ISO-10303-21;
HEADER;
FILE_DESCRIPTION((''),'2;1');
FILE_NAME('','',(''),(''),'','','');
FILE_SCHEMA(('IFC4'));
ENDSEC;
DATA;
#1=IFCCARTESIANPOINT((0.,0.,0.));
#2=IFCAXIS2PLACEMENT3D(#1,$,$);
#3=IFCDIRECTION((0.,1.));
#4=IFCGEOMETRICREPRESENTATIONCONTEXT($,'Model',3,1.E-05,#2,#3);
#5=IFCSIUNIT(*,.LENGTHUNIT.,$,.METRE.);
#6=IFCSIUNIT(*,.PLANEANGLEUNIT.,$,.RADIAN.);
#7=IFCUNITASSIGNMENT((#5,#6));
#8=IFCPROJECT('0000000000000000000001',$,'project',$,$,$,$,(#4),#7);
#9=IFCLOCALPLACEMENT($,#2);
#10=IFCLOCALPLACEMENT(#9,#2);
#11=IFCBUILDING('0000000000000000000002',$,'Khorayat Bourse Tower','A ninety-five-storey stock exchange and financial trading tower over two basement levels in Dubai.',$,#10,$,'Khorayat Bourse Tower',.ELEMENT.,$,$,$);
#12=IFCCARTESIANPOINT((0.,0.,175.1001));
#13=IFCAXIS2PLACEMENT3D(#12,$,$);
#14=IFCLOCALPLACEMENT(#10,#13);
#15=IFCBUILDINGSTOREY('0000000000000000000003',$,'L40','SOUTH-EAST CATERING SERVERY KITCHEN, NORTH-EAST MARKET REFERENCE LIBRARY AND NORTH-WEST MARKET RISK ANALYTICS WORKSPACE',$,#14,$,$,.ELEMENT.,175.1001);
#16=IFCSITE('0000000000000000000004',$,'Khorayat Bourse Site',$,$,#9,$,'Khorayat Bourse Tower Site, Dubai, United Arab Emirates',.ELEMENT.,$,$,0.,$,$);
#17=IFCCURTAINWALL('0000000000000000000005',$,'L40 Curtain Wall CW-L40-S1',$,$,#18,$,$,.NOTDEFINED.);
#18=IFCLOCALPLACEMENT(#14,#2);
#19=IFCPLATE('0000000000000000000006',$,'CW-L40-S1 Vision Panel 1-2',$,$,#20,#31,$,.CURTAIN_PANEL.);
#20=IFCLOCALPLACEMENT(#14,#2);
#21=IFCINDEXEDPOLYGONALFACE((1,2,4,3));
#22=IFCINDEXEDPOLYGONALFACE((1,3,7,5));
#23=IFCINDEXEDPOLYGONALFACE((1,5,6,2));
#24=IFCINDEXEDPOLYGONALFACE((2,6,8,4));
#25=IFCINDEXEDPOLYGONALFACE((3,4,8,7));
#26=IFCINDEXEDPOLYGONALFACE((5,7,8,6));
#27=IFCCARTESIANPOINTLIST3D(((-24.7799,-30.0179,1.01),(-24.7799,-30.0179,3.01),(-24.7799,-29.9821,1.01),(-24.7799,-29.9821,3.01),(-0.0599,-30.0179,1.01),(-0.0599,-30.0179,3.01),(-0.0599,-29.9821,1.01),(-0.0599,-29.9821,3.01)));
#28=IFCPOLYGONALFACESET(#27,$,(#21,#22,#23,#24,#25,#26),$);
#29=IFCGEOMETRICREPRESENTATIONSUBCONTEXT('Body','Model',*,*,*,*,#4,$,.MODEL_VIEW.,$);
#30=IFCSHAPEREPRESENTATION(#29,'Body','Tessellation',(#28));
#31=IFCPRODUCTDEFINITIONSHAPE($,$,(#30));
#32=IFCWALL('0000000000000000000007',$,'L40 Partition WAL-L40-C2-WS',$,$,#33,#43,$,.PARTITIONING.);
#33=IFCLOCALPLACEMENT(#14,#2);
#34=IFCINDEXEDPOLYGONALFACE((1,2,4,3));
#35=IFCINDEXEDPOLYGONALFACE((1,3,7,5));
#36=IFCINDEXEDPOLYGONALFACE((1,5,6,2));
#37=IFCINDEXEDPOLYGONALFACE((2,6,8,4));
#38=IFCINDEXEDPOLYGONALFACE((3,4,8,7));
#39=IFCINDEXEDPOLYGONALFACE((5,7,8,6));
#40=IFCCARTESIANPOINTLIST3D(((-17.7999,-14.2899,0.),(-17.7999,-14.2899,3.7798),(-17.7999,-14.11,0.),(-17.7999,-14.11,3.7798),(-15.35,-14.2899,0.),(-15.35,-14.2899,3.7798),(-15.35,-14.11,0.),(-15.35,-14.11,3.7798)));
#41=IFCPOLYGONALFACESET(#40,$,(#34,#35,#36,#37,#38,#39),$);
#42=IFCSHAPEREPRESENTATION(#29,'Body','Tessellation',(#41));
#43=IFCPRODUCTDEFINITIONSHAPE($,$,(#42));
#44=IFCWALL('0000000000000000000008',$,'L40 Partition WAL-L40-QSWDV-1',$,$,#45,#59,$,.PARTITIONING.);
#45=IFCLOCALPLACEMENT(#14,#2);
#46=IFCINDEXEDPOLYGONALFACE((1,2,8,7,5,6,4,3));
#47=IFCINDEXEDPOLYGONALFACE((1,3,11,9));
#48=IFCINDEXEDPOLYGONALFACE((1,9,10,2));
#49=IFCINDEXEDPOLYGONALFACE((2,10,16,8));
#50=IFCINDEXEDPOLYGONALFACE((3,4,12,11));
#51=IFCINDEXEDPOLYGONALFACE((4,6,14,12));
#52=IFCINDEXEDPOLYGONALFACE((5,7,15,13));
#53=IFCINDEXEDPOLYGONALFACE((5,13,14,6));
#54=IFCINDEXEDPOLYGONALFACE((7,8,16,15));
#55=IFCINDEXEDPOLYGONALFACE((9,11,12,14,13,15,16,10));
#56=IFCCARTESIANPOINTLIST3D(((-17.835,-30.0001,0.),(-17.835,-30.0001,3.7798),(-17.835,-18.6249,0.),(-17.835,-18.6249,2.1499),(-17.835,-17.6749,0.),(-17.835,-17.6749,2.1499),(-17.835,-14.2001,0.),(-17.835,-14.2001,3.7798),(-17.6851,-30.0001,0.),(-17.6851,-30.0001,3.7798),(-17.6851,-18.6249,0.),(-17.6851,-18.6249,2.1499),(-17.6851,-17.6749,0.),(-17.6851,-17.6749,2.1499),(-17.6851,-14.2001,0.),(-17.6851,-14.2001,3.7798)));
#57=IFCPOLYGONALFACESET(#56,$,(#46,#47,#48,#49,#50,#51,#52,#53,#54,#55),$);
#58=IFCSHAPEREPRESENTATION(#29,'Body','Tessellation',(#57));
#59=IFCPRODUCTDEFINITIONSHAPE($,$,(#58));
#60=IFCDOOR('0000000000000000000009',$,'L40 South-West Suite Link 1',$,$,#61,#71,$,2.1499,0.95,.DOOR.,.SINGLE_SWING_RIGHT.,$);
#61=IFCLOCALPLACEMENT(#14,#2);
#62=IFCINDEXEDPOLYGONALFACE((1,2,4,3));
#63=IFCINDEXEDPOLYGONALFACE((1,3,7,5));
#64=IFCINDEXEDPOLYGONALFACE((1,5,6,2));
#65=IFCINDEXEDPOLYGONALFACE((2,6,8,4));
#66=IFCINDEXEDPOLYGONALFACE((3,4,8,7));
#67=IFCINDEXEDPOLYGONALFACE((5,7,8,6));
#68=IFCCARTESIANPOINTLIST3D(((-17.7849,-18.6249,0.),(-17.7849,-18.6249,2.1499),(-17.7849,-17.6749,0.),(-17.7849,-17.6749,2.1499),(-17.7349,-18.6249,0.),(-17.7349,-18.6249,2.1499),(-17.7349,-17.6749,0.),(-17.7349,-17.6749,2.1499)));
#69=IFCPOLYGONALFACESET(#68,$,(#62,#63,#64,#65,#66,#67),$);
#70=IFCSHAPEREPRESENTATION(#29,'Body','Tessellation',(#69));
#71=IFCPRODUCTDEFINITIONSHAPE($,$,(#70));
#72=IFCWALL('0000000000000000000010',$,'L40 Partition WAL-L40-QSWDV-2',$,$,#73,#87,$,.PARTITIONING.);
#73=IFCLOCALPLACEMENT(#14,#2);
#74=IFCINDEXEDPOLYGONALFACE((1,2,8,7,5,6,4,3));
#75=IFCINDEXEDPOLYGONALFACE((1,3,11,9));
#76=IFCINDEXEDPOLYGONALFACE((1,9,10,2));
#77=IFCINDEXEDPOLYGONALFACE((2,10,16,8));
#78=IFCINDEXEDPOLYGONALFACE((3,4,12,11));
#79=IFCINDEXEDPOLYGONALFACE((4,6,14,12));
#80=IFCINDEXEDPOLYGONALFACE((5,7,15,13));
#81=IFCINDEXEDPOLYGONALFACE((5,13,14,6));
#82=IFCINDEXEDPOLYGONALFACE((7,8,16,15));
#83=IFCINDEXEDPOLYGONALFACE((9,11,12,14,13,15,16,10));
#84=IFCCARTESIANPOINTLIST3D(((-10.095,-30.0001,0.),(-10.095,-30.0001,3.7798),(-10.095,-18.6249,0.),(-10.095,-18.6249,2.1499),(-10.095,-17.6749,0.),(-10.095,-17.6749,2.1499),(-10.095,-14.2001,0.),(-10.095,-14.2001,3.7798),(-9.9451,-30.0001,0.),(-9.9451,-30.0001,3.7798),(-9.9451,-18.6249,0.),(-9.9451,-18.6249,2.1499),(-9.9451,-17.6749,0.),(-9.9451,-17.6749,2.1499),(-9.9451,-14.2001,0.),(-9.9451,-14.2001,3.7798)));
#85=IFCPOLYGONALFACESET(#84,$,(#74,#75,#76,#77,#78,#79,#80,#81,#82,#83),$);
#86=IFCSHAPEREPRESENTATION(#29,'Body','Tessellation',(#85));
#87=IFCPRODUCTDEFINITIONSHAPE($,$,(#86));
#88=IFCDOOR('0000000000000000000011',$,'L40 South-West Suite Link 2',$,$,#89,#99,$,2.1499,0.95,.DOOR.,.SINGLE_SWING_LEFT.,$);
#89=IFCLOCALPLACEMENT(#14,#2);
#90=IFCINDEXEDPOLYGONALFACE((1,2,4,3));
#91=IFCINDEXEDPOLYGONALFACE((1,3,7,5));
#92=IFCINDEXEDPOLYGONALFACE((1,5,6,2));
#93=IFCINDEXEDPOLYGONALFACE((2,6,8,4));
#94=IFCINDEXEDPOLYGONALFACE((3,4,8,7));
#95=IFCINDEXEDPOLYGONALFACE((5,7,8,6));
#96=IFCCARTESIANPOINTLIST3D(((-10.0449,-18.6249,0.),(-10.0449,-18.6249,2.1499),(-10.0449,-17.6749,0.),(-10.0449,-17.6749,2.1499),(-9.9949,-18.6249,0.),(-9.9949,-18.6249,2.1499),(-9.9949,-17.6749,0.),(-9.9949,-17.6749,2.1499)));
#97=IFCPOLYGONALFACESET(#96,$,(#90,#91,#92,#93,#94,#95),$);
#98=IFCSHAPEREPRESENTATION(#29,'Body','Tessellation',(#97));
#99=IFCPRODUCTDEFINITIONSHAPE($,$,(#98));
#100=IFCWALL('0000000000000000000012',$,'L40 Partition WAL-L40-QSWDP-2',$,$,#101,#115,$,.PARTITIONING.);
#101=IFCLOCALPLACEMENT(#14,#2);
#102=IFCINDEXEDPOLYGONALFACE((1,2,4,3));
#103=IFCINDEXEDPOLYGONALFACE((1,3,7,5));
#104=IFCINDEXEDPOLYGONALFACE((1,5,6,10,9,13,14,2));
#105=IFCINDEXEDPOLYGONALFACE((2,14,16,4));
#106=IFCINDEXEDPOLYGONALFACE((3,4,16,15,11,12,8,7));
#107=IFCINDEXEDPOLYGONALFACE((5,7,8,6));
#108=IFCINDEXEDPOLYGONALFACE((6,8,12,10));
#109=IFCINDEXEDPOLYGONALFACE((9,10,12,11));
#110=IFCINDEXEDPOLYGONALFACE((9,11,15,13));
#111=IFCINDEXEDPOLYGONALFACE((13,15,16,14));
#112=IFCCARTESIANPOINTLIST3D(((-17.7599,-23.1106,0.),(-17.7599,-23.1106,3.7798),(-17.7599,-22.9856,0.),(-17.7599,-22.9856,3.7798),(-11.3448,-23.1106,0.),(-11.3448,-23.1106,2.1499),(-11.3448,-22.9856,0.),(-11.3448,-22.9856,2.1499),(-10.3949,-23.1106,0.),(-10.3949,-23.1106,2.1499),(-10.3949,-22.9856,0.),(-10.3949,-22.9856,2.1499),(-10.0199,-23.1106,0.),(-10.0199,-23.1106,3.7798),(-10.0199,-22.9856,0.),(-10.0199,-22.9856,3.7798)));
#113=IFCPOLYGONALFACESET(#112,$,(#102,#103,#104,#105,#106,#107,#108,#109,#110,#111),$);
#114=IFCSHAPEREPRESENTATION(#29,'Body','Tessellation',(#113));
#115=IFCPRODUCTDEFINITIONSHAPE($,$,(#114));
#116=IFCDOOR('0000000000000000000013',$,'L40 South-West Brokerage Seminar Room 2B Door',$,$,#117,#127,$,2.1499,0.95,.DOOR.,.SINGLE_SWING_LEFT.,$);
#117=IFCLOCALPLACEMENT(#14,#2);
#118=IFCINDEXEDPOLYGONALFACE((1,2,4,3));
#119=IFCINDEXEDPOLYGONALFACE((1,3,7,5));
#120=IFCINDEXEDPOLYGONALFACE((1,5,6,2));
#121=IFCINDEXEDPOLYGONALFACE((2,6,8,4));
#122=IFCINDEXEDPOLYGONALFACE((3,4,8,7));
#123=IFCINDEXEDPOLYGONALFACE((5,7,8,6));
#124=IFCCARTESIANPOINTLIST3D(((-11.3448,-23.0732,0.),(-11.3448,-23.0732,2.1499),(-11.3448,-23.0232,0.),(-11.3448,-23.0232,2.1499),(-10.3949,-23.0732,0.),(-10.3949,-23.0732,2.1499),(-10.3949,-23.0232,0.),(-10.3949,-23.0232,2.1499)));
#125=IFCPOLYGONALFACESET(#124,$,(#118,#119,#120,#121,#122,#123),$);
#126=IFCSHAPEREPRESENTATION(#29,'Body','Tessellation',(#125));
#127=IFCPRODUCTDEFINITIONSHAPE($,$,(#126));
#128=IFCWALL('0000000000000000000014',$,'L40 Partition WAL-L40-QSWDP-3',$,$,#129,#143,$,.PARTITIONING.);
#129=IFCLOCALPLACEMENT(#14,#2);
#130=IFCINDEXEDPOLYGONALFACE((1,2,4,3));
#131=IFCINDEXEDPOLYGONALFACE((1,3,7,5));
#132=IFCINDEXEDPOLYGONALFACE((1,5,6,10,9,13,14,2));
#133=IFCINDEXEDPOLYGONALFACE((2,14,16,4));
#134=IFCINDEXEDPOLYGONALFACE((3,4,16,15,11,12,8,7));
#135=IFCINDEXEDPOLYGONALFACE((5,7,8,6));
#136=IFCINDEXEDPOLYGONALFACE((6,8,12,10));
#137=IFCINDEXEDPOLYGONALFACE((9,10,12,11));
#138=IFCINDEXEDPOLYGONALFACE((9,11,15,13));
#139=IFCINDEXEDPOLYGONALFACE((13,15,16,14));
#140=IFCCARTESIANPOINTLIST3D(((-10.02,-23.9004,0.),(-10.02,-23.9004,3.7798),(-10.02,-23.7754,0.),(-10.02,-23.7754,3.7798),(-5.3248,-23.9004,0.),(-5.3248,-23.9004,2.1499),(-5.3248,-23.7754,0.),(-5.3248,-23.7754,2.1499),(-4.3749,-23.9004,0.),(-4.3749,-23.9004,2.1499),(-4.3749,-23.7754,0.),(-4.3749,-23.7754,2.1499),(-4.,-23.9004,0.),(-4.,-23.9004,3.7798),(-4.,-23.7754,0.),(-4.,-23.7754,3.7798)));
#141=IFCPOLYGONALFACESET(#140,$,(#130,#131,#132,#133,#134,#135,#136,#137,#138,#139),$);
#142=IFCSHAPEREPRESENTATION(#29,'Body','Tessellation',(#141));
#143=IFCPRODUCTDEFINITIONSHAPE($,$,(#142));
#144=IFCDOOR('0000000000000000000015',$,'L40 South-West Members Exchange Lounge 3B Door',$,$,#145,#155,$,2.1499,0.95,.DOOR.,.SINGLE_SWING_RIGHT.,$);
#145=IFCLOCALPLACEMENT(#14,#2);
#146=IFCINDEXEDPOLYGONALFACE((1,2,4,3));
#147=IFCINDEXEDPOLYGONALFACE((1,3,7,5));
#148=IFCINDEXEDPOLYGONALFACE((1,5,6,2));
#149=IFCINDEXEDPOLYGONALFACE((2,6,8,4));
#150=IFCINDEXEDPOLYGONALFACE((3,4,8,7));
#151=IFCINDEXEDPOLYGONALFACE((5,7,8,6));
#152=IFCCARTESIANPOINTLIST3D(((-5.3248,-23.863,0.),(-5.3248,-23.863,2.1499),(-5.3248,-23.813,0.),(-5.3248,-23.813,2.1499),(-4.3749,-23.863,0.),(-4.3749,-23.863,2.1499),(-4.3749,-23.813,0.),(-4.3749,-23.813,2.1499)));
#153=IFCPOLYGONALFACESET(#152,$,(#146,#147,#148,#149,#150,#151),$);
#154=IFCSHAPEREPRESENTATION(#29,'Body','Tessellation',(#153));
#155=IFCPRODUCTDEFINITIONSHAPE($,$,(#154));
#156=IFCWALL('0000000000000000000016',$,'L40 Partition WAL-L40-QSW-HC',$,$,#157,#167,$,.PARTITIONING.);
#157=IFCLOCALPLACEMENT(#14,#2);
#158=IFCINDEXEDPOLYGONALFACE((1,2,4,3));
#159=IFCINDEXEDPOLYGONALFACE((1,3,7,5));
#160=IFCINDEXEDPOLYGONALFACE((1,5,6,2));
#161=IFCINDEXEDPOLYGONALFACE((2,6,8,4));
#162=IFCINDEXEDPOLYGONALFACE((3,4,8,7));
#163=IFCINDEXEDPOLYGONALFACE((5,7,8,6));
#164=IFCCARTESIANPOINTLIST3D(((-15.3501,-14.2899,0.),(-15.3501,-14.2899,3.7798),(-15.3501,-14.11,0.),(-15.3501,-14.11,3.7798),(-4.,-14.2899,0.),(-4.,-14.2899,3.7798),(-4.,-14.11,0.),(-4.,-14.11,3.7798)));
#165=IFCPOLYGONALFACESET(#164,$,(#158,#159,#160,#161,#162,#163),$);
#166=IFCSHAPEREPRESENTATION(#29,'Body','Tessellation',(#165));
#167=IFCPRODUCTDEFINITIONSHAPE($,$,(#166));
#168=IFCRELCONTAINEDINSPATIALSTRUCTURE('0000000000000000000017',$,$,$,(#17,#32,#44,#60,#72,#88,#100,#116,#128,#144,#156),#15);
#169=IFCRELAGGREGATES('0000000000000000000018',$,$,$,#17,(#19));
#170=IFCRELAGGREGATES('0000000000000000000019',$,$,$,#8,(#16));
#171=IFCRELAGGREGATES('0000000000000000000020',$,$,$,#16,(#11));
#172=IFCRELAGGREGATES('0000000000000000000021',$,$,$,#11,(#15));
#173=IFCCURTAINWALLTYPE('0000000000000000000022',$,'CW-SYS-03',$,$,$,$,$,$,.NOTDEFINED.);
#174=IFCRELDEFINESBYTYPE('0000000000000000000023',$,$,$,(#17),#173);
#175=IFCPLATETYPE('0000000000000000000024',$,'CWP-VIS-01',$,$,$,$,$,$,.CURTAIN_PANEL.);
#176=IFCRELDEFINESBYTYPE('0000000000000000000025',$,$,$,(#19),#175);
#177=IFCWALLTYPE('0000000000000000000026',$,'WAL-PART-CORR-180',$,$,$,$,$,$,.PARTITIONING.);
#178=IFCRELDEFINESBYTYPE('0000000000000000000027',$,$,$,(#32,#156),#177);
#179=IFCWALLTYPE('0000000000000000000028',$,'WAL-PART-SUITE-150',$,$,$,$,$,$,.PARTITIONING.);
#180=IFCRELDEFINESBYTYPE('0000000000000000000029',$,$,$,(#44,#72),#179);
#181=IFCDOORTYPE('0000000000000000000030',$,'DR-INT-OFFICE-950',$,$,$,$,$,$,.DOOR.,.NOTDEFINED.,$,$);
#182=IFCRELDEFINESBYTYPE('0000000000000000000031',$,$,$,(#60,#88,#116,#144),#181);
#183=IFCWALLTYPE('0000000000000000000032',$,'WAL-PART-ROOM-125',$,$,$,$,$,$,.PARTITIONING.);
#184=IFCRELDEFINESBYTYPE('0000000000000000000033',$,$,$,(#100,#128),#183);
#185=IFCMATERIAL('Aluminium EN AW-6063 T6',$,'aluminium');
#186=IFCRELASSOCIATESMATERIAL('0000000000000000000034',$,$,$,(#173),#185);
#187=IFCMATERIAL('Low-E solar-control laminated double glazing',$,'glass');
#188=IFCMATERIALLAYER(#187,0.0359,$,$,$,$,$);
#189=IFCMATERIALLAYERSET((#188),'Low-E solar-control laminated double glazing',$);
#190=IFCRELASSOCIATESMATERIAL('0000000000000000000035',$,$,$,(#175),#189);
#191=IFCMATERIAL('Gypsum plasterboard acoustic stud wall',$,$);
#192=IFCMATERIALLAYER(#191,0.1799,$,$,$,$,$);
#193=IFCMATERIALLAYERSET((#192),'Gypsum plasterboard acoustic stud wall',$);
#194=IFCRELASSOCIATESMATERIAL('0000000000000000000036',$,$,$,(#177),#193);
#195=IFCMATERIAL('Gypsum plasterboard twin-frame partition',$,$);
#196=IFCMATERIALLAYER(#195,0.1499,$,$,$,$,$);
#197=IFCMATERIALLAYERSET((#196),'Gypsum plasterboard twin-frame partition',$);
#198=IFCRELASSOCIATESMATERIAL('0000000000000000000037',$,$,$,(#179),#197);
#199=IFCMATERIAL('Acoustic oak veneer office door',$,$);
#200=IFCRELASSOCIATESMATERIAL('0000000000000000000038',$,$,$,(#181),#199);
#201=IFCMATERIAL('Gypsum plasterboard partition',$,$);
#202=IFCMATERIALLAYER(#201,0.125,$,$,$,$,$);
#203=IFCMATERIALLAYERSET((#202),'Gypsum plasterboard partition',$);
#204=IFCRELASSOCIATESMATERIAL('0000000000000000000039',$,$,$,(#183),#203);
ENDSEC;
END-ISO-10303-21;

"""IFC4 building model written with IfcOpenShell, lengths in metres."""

from ifc_helpers import new_model, si_unit, direction, frame, frame_2d, origin, origin_2d, place, context, subcontext, project, spatial, rectangle, extrude, source, transform, mapped, material, layer, layer_set, type_object, element, fill, aggregate, save


model = new_model("IFC4")

# Units and contexts
model_context = context("Model", 3, precision=1e-05, world=origin(), true_north=direction((0.0, 1.0)))
body_context = subcontext(model_context, "Body", "Model", "MODEL_VIEW")
ifc_project = project(units=[si_unit("LENGTHUNIT", "METRE"), si_unit("PLANEANGLEUNIT", "RADIAN")], contexts=[model_context])

# Site, building, storey
site_placement = place(None, origin())
site = spatial("IfcSite", under=ifc_project, at=site_placement, Name="Khorayat Bourse Site", LongName="Khorayat Bourse Tower Site, Dubai, United Arab Emirates", CompositionType="ELEMENT", RefElevation=0.0)
building_placement = place(site_placement, origin())
building = spatial("IfcBuilding", under=site, at=building_placement, Name="Khorayat Bourse Tower", Description="A ninety-five-storey stock exchange and financial trading tower over two basement levels in Dubai.", LongName="Khorayat Bourse Tower", CompositionType="ELEMENT")
storey_placement = place(building_placement, frame((0.0, 0.0, 175.1001)))
storey = spatial("IfcBuildingStorey", under=building, at=storey_placement, Name="L40", Description="SOUTH-EAST CATERING SERVERY KITCHEN, NORTH-EAST MARKET REFERENCE LIBRARY AND NORTH-WEST MARKET RISK ANALYTICS WORKSPACE", CompositionType="ELEMENT", Elevation=175.1001)

# Curtain wall
ifc_material_1 = material(Name="Aluminium EN AW-6063 T6", Category="aluminium")
curtain_wall_type = type_object("IfcCurtainWallType", Name="CW-SYS-03", PredefinedType="NOTDEFINED", material=ifc_material_1)
curtain_wall_placement = place(storey_placement, origin())
curtain_wall = element("IfcCurtainWall", 1, at=curtain_wall_placement, inside=storey, type_object=curtain_wall_type, Name="L40 Curtain Wall CW-L40-S1", PredefinedType="NOTDEFINED")

# Plate
ifc_material_2 = material(Name="Low-E solar-control laminated double glazing", Category="glass")
ifc_layer_1 = layer(ifc_material_2, 0.0359)
ifc_layer_set_1 = layer_set([ifc_layer_1], Name="Low-E solar-control laminated double glazing")
plate_type_1 = type_object("IfcPlateType", Name="CWP-VIS-01", PredefinedType="CURTAIN_PANEL", material=ifc_layer_set_1)
shared_shape_1 = source(origin(), body_context, "Body", "SweptSolid", [
    extrude(rectangle(XDim=24.72, YDim=0.0359, at=origin_2d()), origin(), (0.0, 0.0, 1.0), 2.0),
])
plate_1_placement = place(storey_placement, frame((-12.4199, -30.0, 1.01), z_axis=(0.0, 0.0, 1.0), x_axis=(1.0, 0.0, 0.0)))
plate_1 = element("IfcPlate", 2, at=plate_1_placement, type_object=plate_type_1, Name="CW-L40-S1 Vision Panel 1-2", PredefinedType="CURTAIN_PANEL", context=body_context, shape_type="MappedRepresentation", body=[
    mapped(shared_shape_1, transform((0.0, 0.0, 0.0), scale=1.0)),
])
aggregate(curtain_wall, [plate_1])

# Wall
ifc_material_3 = material(Name="Gypsum plasterboard acoustic stud wall")
ifc_layer_2 = layer(ifc_material_3, 0.1799)
ifc_layer_set_2 = layer_set([ifc_layer_2], Name="Gypsum plasterboard acoustic stud wall")
wall_type_1 = type_object("IfcWallType", Name="WAL-PART-CORR-180", PredefinedType="PARTITIONING", material=ifc_layer_set_2)
shared_shape_2 = source(origin(), body_context, "Body", "SweptSolid", [
    extrude(rectangle(XDim=2.45, YDim=0.1799, at=frame_2d((1.2251, 0.0))), origin(), (0.0, 0.0, 1.0), 3.7798),
])
wall_1_placement = place(storey_placement, frame((-17.8, -14.2, 0.0), z_axis=(0.0, 0.0, 1.0), x_axis=(1.0, 0.0, 0.0)))
element("IfcWall", 3, at=wall_1_placement, inside=storey, type_object=wall_type_1, Name="L40 Partition WAL-L40-C2-WS", PredefinedType="PARTITIONING", context=body_context, shape_type="MappedRepresentation", body=[
    mapped(shared_shape_2, transform((0.0, 0.0, 0.0), scale=1.0)),
])

# Walls, openings, doors
ifc_material_4 = material(Name="Gypsum plasterboard twin-frame partition")
ifc_layer_3 = layer(ifc_material_4, 0.1499)
ifc_layer_set_3 = layer_set([ifc_layer_3], Name="Gypsum plasterboard twin-frame partition")
wall_type_2 = type_object("IfcWallType", Name="WAL-PART-SUITE-150", PredefinedType="PARTITIONING", material=ifc_layer_set_3)
shared_shape_3 = source(origin(), body_context, "Body", "SweptSolid", [
    extrude(rectangle(XDim=15.8, YDim=0.1499, at=frame_2d((7.8999, 0.0))), origin(), (0.0, 0.0, 1.0), 3.7798),
])
wall_2_placement = place(storey_placement, frame((-17.76, -30.0, 0.0), z_axis=(0.0, 0.0, 1.0), x_axis=(0.0, 1.0, 0.0)))
wall_2 = element("IfcWall", 4, at=wall_2_placement, inside=storey, type_object=wall_type_2, Name="L40 Partition WAL-L40-QSWDV-1", PredefinedType="PARTITIONING", context=body_context, shape_type="MappedRepresentation", body=[
    mapped(shared_shape_3, transform((0.0, 0.0, 0.0), scale=1.0)),
])
shared_shape_4 = source(origin(), body_context, "Body", "SweptSolid", [
    extrude(rectangle(XDim=0.95, YDim=2.1499, at=frame_2d((0.4751, 1.075))), frame((0.0, 0.085, 0.0), z_axis=(0.0, -1.0, 0.0), x_axis=(1.0, 0.0, 0.0)), (0.0, 0.0, 1.0), 0.1699),
])
opening_1_placement = place(wall_2_placement, frame((11.375, 0.0, 0.0)))
opening_1 = element("IfcOpeningElement", 5, at=opening_1_placement, cuts=wall_2, PredefinedType="OPENING", context=body_context, shape_type="MappedRepresentation", body=[
    mapped(shared_shape_4, transform((0.0, 0.0, 0.0), scale=1.0)),
])
ifc_material_5 = material(Name="Acoustic oak veneer office door")
door_type = type_object("IfcDoorType", Name="DR-INT-OFFICE-950", OperationType="NOTDEFINED", PredefinedType="DOOR", material=ifc_material_5)
shared_shape_5 = source(origin(), body_context, "Body", "SweptSolid", [
    extrude(rectangle(XDim=0.95, YDim=2.1499, at=frame_2d((0.4751, 1.075))), frame((0.0, 0.0249, 0.0), z_axis=(0.0, -1.0, 0.0), x_axis=(1.0, 0.0, 0.0)), (0.0, 0.0, 1.0), 0.05),
])
door_1_placement = place(opening_1_placement, origin())
door_1 = element("IfcDoor", 6, at=door_1_placement, inside=storey, type_object=door_type, Name="L40 South-West Suite Link 1", OperationType="SINGLE_SWING_RIGHT", OverallHeight=2.1499, OverallWidth=0.95, PredefinedType="DOOR", context=body_context, shape_type="MappedRepresentation", body=[
    mapped(shared_shape_5, transform((0.0, 0.0, 0.0), scale=1.0)),
])
fill(opening_1, door_1)
wall_3_placement = place(storey_placement, frame((-10.02, -30.0, 0.0), z_axis=(0.0, 0.0, 1.0), x_axis=(0.0, 1.0, 0.0)))
wall_3 = element("IfcWall", 7, at=wall_3_placement, inside=storey, type_object=wall_type_2, Name="L40 Partition WAL-L40-QSWDV-2", PredefinedType="PARTITIONING", context=body_context, shape_type="MappedRepresentation", body=[
    mapped(shared_shape_3, transform((0.0, 0.0, 0.0), scale=1.0)),
])
opening_2_placement = place(wall_3_placement, frame((11.375, 0.0, 0.0)))
opening_2 = element("IfcOpeningElement", 8, at=opening_2_placement, cuts=wall_3, PredefinedType="OPENING", context=body_context, shape_type="MappedRepresentation", body=[
    mapped(shared_shape_4, transform((0.0, 0.0, 0.0), scale=1.0)),
])
door_2_placement = place(opening_2_placement, origin())
door_2 = element("IfcDoor", 9, at=door_2_placement, inside=storey, type_object=door_type, Name="L40 South-West Suite Link 2", OperationType="SINGLE_SWING_LEFT", OverallHeight=2.1499, OverallWidth=0.95, PredefinedType="DOOR", context=body_context, shape_type="MappedRepresentation", body=[
    mapped(shared_shape_5, transform((0.0, 0.0, 0.0), scale=1.0)),
])
fill(opening_2, door_2)
ifc_material_6 = material(Name="Gypsum plasterboard partition")
ifc_layer_4 = layer(ifc_material_6, 0.125)
ifc_layer_set_4 = layer_set([ifc_layer_4], Name="Gypsum plasterboard partition")
wall_type_3 = type_object("IfcWallType", Name="WAL-PART-ROOM-125", PredefinedType="PARTITIONING", material=ifc_layer_set_4)
shared_shape_6 = source(origin(), body_context, "Body", "SweptSolid", [
    extrude(rectangle(XDim=7.74, YDim=0.125, at=frame_2d((3.8701, 0.0))), origin(), (0.0, 0.0, 1.0), 3.7798),
])
wall_4_placement = place(storey_placement, frame((-17.76, -23.0481, 0.0), z_axis=(0.0, 0.0, 1.0), x_axis=(1.0, 0.0, 0.0)))
wall_4 = element("IfcWall", 10, at=wall_4_placement, inside=storey, type_object=wall_type_3, Name="L40 Partition WAL-L40-QSWDP-2", PredefinedType="PARTITIONING", context=body_context, shape_type="MappedRepresentation", body=[
    mapped(shared_shape_6, transform((0.0, 0.0, 0.0), scale=1.0)),
])
shared_shape_7 = source(origin(), body_context, "Body", "SweptSolid", [
    extrude(rectangle(XDim=0.95, YDim=2.1499, at=frame_2d((0.4751, 1.075))), frame((0.0, 0.0725, 0.0), z_axis=(0.0, -1.0, 0.0), x_axis=(1.0, 0.0, 0.0)), (0.0, 0.0, 1.0), 0.145),
])
opening_3_placement = place(wall_4_placement, frame((6.415, 0.0, 0.0)))
opening_3 = element("IfcOpeningElement", 11, at=opening_3_placement, cuts=wall_4, PredefinedType="OPENING", context=body_context, shape_type="MappedRepresentation", body=[
    mapped(shared_shape_7, transform((0.0, 0.0, 0.0), scale=1.0)),
])
door_3_placement = place(opening_3_placement, origin())
door_3 = element("IfcDoor", 12, at=door_3_placement, inside=storey, type_object=door_type, Name="L40 South-West Brokerage Seminar Room 2B Door", OperationType="SINGLE_SWING_LEFT", OverallHeight=2.1499, OverallWidth=0.95, PredefinedType="DOOR", context=body_context, shape_type="MappedRepresentation", body=[
    mapped(shared_shape_5, transform((0.0, 0.0, 0.0), scale=1.0)),
])
fill(opening_3, door_3)
shared_shape_8 = source(origin(), body_context, "Body", "SweptSolid", [
    extrude(rectangle(XDim=6.02, YDim=0.125, at=frame_2d((3.01, 0.0))), origin(), (0.0, 0.0, 1.0), 3.7798),
])
wall_5_placement = place(storey_placement, frame((-10.02, -23.8379, 0.0), z_axis=(0.0, 0.0, 1.0), x_axis=(1.0, 0.0, 0.0)))
wall_5 = element("IfcWall", 13, at=wall_5_placement, inside=storey, type_object=wall_type_3, Name="L40 Partition WAL-L40-QSWDP-3", PredefinedType="PARTITIONING", context=body_context, shape_type="MappedRepresentation", body=[
    mapped(shared_shape_8, transform((0.0, 0.0, 0.0), scale=1.0)),
])
opening_4_placement = place(wall_5_placement, frame((4.6951, 0.0, 0.0)))
opening_4 = element("IfcOpeningElement", 14, at=opening_4_placement, cuts=wall_5, PredefinedType="OPENING", context=body_context, shape_type="MappedRepresentation", body=[
    mapped(shared_shape_7, transform((0.0, 0.0, 0.0), scale=1.0)),
])
door_4_placement = place(opening_4_placement, origin())
door_4 = element("IfcDoor", 15, at=door_4_placement, inside=storey, type_object=door_type, Name="L40 South-West Members Exchange Lounge 3B Door", OperationType="SINGLE_SWING_RIGHT", OverallHeight=2.1499, OverallWidth=0.95, PredefinedType="DOOR", context=body_context, shape_type="MappedRepresentation", body=[
    mapped(shared_shape_5, transform((0.0, 0.0, 0.0), scale=1.0)),
])
fill(opening_4, door_4)

# Wall
shared_shape_9 = source(origin(), body_context, "Body", "SweptSolid", [
    extrude(rectangle(XDim=11.3501, YDim=0.1799, at=frame_2d((5.675, 0.0))), origin(), (0.0, 0.0, 1.0), 3.7798),
])
wall_6_placement = place(storey_placement, frame((-15.3501, -14.2, 0.0), z_axis=(0.0, 0.0, 1.0), x_axis=(1.0, 0.0, 0.0)))
element("IfcWall", 16, at=wall_6_placement, inside=storey, type_object=wall_type_1, Name="L40 Partition WAL-L40-QSW-HC", PredefinedType="PARTITIONING", context=body_context, shape_type="MappedRepresentation", body=[
    mapped(shared_shape_9, transform((0.0, 0.0, 0.0), scale=1.0)),
])

save(model, "model.ifc")
